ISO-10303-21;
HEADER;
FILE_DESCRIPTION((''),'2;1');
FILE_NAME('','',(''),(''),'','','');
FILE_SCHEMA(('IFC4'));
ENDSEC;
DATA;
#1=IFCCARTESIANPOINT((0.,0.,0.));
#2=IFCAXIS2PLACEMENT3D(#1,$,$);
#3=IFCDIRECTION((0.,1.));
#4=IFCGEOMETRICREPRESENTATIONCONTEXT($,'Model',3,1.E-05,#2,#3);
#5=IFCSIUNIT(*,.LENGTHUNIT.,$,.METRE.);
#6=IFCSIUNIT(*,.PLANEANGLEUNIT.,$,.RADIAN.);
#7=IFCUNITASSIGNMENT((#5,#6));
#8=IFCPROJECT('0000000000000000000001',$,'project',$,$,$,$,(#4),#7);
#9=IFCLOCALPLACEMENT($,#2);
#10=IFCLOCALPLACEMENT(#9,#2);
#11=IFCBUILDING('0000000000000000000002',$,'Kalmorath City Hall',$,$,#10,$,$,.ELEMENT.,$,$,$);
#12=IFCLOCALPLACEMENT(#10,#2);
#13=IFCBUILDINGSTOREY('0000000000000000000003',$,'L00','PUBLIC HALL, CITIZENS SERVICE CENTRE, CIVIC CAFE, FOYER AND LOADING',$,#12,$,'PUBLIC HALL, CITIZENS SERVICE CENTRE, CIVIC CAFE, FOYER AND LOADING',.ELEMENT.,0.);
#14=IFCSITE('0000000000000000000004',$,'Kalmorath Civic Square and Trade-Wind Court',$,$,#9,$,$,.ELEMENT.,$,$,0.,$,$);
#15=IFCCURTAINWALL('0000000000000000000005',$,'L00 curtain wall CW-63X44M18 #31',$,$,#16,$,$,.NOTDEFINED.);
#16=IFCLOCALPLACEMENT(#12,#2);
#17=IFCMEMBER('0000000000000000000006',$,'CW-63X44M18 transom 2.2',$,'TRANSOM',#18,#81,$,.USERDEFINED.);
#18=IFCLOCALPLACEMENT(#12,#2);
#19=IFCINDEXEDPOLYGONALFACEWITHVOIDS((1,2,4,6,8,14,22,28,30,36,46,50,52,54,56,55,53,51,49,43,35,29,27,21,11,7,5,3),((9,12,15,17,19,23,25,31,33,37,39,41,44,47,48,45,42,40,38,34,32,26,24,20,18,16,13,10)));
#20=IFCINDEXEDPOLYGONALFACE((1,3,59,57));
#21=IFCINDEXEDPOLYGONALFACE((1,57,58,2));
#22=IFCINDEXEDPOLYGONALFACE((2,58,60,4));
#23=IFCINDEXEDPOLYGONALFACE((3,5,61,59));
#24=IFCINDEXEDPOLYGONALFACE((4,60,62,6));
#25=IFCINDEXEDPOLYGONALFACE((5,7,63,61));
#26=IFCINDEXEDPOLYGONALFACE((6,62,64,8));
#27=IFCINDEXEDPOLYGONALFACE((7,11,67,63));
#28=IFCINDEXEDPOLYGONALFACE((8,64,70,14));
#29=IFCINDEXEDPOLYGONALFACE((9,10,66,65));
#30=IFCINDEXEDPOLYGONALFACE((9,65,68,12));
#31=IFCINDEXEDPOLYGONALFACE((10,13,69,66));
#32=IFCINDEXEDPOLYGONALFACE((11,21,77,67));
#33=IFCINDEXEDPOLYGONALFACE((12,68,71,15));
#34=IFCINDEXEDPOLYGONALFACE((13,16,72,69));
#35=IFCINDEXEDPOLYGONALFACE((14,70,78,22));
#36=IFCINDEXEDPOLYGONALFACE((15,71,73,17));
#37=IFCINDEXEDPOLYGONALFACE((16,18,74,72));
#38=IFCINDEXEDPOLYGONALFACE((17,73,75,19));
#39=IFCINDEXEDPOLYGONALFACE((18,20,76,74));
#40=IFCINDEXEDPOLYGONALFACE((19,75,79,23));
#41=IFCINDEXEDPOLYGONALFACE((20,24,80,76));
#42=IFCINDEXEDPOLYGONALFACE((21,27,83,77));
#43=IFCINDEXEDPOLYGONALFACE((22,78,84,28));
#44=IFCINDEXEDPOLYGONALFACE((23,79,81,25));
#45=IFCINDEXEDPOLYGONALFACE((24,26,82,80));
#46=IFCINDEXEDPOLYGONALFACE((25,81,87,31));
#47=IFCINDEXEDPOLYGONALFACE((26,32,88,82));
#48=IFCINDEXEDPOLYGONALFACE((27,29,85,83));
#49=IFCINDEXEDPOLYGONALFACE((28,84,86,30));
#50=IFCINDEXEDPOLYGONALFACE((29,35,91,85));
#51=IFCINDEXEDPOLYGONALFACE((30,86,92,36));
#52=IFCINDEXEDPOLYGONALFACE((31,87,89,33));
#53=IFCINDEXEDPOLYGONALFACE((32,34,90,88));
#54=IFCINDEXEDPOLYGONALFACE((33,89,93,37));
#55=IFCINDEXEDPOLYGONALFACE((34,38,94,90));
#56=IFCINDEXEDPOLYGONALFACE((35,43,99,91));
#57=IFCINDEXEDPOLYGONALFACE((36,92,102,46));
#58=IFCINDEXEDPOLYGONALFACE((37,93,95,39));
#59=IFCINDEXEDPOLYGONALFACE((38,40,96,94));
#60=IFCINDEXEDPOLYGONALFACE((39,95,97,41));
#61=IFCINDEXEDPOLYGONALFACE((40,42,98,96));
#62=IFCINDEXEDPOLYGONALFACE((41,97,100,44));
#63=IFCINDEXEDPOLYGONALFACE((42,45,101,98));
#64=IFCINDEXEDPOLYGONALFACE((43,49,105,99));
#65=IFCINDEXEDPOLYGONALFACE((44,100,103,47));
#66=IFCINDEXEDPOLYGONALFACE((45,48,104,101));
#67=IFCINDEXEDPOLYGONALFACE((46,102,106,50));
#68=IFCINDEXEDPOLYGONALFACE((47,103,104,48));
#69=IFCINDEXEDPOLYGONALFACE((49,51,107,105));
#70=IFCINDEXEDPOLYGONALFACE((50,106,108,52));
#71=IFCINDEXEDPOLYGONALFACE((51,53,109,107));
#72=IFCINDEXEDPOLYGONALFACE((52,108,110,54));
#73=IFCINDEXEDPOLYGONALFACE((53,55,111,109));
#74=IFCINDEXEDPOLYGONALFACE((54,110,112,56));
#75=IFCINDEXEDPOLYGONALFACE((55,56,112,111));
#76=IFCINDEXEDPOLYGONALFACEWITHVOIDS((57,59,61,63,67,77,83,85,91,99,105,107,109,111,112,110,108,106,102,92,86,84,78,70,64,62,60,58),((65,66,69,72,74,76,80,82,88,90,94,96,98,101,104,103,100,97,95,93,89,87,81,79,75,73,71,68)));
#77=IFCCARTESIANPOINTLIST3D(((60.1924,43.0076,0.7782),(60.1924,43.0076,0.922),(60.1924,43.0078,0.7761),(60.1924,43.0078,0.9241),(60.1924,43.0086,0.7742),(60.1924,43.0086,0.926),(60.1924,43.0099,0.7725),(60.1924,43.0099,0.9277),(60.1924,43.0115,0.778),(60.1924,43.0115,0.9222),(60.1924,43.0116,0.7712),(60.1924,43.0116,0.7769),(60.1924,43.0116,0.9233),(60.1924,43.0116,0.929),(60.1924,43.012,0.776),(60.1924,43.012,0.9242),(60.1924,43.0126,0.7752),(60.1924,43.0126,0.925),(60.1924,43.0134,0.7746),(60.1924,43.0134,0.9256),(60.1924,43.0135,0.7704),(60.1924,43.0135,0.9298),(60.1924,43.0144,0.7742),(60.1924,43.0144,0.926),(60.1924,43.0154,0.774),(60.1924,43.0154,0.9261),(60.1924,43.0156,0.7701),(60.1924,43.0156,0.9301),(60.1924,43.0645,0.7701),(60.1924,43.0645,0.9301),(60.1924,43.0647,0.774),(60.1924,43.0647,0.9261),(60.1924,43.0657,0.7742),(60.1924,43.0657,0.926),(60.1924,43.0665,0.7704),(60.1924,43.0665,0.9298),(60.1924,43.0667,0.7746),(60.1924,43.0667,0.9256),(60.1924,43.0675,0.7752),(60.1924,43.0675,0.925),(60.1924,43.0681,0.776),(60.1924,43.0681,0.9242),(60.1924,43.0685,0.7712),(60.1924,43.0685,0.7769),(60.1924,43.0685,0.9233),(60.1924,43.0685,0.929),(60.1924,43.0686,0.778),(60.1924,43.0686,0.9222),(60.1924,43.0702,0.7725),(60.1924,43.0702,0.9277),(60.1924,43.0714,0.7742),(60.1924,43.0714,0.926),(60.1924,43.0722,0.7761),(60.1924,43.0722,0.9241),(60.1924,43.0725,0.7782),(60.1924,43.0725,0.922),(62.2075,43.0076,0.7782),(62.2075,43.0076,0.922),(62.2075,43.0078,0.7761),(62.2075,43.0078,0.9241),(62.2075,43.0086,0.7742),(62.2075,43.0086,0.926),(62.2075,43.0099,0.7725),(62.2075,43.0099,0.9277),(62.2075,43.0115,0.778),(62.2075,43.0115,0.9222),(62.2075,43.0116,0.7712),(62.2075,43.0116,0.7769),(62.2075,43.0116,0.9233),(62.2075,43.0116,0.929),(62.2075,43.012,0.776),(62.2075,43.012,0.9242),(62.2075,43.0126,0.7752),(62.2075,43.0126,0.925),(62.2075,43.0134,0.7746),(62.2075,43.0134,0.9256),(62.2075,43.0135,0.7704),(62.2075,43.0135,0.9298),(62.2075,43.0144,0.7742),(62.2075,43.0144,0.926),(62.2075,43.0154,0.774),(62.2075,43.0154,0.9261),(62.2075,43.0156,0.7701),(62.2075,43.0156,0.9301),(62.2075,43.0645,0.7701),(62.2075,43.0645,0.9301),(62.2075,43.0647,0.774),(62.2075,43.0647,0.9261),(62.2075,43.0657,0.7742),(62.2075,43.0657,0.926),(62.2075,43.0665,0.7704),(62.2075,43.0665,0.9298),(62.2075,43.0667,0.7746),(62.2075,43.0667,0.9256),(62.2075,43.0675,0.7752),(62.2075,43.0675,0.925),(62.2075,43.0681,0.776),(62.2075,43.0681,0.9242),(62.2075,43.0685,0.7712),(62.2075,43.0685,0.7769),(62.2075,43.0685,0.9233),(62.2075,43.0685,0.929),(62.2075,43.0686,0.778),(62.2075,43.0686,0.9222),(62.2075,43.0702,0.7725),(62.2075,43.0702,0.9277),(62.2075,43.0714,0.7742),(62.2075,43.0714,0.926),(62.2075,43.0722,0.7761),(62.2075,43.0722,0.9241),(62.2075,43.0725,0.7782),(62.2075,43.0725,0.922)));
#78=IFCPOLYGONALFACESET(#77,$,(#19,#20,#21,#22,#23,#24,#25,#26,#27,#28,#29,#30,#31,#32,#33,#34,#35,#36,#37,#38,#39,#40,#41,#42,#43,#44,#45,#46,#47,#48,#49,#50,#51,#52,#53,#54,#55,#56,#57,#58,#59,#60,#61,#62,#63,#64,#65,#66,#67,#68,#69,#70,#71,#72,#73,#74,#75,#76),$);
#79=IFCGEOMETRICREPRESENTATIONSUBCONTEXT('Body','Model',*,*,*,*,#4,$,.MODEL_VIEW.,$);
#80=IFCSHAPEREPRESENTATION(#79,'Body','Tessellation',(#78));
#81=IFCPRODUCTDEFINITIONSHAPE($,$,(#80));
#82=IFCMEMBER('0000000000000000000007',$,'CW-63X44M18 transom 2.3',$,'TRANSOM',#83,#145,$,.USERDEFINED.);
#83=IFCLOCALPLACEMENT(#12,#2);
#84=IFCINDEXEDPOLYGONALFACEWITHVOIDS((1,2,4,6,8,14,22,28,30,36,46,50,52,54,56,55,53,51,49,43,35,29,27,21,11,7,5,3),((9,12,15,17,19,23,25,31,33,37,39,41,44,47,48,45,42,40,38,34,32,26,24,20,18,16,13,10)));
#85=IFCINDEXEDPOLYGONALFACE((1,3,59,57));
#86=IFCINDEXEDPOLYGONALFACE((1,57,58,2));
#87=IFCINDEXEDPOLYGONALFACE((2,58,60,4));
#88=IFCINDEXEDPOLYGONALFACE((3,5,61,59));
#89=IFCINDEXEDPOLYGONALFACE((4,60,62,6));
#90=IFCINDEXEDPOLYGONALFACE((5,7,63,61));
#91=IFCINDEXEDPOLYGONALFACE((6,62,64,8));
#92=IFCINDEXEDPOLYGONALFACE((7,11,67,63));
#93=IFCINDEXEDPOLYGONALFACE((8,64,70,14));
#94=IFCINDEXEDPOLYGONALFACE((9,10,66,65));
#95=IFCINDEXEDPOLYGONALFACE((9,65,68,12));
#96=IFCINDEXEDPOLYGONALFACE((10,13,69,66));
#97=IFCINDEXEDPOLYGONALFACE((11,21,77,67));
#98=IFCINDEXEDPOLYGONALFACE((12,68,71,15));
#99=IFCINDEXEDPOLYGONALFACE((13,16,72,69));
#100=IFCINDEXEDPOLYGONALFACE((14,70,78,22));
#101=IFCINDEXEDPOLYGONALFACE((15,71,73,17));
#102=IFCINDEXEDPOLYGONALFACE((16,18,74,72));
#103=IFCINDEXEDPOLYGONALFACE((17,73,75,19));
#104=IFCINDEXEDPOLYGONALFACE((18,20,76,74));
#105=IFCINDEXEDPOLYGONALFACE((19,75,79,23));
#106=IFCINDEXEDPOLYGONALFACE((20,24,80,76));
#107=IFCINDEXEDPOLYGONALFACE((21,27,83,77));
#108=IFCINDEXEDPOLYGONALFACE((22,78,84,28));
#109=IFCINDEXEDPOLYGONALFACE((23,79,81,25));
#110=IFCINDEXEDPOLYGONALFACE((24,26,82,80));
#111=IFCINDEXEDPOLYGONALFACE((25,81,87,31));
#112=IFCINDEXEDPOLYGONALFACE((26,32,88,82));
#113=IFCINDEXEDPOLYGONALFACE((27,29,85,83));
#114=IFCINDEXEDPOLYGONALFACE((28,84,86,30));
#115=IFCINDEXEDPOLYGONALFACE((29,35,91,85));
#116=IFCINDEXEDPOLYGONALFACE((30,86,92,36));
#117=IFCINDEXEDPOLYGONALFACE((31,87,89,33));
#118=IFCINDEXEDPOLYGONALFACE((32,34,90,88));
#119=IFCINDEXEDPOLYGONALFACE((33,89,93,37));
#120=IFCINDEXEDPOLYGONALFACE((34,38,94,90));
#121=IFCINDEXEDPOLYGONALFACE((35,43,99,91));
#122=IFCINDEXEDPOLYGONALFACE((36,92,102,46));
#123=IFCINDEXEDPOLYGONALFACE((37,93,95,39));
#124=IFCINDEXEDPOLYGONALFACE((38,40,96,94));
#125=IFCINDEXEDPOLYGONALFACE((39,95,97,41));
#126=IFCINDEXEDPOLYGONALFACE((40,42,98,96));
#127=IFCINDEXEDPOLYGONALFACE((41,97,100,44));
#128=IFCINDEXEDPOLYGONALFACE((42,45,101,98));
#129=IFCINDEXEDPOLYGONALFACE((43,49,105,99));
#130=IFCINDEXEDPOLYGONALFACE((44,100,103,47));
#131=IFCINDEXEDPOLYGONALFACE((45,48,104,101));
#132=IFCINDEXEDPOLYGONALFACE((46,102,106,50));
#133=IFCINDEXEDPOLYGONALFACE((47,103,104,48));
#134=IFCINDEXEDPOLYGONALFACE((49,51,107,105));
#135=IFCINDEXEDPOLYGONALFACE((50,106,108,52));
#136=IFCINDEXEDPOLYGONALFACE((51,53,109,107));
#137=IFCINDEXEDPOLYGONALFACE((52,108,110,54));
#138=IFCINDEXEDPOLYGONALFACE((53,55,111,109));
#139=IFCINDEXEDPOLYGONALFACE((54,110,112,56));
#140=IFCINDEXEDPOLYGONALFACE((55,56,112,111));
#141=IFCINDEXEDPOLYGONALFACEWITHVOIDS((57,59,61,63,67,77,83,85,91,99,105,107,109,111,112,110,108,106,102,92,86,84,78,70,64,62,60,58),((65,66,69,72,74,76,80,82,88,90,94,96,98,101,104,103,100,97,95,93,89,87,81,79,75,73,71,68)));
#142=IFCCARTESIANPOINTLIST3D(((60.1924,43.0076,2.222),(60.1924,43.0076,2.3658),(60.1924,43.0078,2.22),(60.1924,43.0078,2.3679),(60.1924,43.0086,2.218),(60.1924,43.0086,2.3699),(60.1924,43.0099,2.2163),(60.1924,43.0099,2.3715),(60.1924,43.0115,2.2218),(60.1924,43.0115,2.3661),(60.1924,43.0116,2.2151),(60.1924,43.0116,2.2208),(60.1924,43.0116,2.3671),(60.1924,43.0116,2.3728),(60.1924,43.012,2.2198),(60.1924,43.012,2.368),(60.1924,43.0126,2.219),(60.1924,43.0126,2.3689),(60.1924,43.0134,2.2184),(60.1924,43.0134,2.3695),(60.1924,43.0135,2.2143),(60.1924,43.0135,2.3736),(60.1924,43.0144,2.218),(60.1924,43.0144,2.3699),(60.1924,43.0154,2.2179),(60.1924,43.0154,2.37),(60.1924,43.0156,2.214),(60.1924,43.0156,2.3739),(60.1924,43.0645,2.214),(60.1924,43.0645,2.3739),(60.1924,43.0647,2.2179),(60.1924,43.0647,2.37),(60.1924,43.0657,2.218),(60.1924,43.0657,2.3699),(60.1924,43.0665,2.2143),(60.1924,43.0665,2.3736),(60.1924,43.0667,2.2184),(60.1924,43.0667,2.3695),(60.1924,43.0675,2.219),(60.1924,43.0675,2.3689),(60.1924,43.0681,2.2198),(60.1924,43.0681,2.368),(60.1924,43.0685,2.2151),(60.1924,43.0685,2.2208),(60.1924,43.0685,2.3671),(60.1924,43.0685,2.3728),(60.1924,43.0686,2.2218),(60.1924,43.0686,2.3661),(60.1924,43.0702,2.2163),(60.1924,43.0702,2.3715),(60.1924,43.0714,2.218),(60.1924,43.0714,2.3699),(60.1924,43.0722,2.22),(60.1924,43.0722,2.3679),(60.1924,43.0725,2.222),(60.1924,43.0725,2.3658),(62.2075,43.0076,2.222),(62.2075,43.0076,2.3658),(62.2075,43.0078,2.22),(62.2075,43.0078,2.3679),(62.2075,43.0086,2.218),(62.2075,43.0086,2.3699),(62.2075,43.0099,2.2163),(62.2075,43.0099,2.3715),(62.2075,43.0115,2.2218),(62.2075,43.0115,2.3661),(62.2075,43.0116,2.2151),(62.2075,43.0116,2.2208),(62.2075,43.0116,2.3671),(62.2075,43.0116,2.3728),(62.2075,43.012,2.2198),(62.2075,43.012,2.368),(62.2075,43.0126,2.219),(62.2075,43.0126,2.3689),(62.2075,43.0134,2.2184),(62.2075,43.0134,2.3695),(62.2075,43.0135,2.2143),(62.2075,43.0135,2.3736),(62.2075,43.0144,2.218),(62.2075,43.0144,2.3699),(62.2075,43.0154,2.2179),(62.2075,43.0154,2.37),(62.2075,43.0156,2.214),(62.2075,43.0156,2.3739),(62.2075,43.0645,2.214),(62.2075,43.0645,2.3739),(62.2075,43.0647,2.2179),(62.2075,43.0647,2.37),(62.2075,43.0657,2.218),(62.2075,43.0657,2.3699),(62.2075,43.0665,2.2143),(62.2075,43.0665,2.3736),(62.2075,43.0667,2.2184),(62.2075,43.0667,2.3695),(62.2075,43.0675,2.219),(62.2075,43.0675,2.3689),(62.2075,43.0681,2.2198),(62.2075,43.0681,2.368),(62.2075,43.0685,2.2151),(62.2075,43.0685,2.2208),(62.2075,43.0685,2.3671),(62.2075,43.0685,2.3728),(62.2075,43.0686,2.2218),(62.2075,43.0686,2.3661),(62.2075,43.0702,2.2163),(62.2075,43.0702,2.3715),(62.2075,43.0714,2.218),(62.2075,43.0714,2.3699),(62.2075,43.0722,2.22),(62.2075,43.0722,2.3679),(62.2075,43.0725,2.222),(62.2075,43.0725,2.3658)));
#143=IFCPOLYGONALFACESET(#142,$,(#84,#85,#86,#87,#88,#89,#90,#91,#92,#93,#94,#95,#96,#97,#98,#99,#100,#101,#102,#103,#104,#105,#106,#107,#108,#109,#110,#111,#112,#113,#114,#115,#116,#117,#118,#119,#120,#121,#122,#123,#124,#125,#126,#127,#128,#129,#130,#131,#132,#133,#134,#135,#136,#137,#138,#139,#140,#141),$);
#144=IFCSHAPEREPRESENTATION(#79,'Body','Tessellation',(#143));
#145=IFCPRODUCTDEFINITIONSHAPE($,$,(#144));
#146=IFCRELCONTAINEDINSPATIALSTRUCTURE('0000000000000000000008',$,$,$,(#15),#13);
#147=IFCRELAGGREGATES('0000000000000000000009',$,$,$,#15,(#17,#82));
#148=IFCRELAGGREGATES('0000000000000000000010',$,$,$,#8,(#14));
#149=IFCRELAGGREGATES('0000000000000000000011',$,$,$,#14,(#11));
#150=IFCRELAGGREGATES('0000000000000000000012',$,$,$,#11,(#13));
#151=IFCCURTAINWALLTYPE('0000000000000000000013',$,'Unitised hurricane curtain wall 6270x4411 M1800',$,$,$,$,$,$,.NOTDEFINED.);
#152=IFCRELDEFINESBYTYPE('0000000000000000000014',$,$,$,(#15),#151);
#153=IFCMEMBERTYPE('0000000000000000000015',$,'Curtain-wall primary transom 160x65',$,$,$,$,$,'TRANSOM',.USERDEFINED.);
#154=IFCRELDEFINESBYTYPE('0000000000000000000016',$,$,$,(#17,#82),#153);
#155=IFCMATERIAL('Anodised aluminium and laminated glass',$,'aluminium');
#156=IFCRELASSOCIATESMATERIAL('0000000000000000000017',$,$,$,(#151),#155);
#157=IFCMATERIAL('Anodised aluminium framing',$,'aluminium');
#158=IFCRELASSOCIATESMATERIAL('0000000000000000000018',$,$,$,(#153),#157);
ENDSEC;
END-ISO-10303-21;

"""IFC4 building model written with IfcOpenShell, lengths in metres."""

from ifc_helpers import new_model, si_unit, direction, frame, origin, origin_2d, place, context, subcontext, project, spatial, hollow_rectangle, extrude, material, material_profile, profile_set, type_object, element, aggregate, save


model = new_model("IFC4")

# Units and contexts
model_context = context("Model", 3, precision=1e-05, world=origin(), true_north=direction((0.0, 1.0)))
body_context = subcontext(model_context, "Body", "Model", "MODEL_VIEW")
ifc_project = project(units=[si_unit("LENGTHUNIT", "METRE"), si_unit("PLANEANGLEUNIT", "RADIAN")], contexts=[model_context])

# Site, building, storey
site_placement = place(None, origin())
site = spatial("IfcSite", under=ifc_project, at=site_placement, Name="Kalmorath Civic Square and Trade-Wind Court", CompositionType="ELEMENT", RefElevation=0.0)
building_placement = place(site_placement, origin())
building = spatial("IfcBuilding", under=site, at=building_placement, Name="Kalmorath City Hall", CompositionType="ELEMENT")
storey_placement = place(building_placement, origin())
storey = spatial("IfcBuildingStorey", under=building, at=storey_placement, Name="L00", Description="PUBLIC HALL, CITIZENS SERVICE CENTRE, CIVIC CAFE, FOYER AND LOADING", LongName="PUBLIC HALL, CITIZENS SERVICE CENTRE, CIVIC CAFE, FOYER AND LOADING", CompositionType="ELEMENT", Elevation=0.0)

# Curtain wall, members
ifc_material_1 = material(Name="Anodised aluminium and laminated glass", Category="aluminium")
curtain_wall_type_1 = type_object("IfcCurtainWallType", Name="Unitised hurricane curtain wall 6270x4411 M1800", PredefinedType="NOTDEFINED", material=ifc_material_1)
curtain_wall_1_placement = place(storey_placement, origin())
curtain_wall_1 = element("IfcCurtainWall", 1, at=curtain_wall_1_placement, inside=storey, type_object=curtain_wall_type_1, Name="L00 curtain wall CW-63X44M18 #31", PredefinedType="NOTDEFINED")
ifc_material_2 = material(Name="Anodised aluminium framing", Category="aluminium")
ifc_material_profile_1 = material_profile(ifc_material_2, hollow_rectangle(XDim=0.0649, YDim=0.1599, WallThickness=0.0039, InnerFilletRadius=0.0039, OuterFilletRadius=0.0081, at=origin_2d()), Name="ALU-TRN-160X65X4")
ifc_profile_set_1 = profile_set([ifc_material_profile_1], Name="Anodised aluminium framing")
member_type_1 = type_object("IfcMemberType", Name="Curtain-wall primary transom 160x65", ElementType="TRANSOM", PredefinedType="USERDEFINED", material=ifc_profile_set_1)
member_1_placement = place(storey_placement, frame((60.1924, 43.04, 0.8501), z_axis=(1.0, 0.0, 0.0), x_axis=(0.0, 1.0, 0.0)))
member_1 = element("IfcMember", 2, at=member_1_placement, type_object=member_type_1, Name="CW-63X44M18 transom 2.2", ObjectType="TRANSOM", PredefinedType="USERDEFINED", context=body_context, shape_type="SweptSolid", body=[
    extrude(hollow_rectangle(XDim=0.0649, YDim=0.1599, WallThickness=0.0039, InnerFilletRadius=0.0039, OuterFilletRadius=0.0081, at=origin_2d()), origin(), (0.0, 0.0, 1.0), 2.0151),
])
member_2_placement = place(storey_placement, frame((60.1924, 43.04, 2.2939), z_axis=(1.0, 0.0, 0.0), x_axis=(0.0, 1.0, 0.0)))
member_2 = element("IfcMember", 3, at=member_2_placement, type_object=member_type_1, Name="CW-63X44M18 transom 2.3", ObjectType="TRANSOM", PredefinedType="USERDEFINED", context=body_context, shape_type="SweptSolid", body=[
    extrude(hollow_rectangle(XDim=0.0649, YDim=0.1599, WallThickness=0.0039, InnerFilletRadius=0.0039, OuterFilletRadius=0.0081, at=origin_2d()), origin(), (0.0, 0.0, 1.0), 2.0151),
])

aggregate(curtain_wall_1, [member_1, member_2])

save(model, "model.ifc")
